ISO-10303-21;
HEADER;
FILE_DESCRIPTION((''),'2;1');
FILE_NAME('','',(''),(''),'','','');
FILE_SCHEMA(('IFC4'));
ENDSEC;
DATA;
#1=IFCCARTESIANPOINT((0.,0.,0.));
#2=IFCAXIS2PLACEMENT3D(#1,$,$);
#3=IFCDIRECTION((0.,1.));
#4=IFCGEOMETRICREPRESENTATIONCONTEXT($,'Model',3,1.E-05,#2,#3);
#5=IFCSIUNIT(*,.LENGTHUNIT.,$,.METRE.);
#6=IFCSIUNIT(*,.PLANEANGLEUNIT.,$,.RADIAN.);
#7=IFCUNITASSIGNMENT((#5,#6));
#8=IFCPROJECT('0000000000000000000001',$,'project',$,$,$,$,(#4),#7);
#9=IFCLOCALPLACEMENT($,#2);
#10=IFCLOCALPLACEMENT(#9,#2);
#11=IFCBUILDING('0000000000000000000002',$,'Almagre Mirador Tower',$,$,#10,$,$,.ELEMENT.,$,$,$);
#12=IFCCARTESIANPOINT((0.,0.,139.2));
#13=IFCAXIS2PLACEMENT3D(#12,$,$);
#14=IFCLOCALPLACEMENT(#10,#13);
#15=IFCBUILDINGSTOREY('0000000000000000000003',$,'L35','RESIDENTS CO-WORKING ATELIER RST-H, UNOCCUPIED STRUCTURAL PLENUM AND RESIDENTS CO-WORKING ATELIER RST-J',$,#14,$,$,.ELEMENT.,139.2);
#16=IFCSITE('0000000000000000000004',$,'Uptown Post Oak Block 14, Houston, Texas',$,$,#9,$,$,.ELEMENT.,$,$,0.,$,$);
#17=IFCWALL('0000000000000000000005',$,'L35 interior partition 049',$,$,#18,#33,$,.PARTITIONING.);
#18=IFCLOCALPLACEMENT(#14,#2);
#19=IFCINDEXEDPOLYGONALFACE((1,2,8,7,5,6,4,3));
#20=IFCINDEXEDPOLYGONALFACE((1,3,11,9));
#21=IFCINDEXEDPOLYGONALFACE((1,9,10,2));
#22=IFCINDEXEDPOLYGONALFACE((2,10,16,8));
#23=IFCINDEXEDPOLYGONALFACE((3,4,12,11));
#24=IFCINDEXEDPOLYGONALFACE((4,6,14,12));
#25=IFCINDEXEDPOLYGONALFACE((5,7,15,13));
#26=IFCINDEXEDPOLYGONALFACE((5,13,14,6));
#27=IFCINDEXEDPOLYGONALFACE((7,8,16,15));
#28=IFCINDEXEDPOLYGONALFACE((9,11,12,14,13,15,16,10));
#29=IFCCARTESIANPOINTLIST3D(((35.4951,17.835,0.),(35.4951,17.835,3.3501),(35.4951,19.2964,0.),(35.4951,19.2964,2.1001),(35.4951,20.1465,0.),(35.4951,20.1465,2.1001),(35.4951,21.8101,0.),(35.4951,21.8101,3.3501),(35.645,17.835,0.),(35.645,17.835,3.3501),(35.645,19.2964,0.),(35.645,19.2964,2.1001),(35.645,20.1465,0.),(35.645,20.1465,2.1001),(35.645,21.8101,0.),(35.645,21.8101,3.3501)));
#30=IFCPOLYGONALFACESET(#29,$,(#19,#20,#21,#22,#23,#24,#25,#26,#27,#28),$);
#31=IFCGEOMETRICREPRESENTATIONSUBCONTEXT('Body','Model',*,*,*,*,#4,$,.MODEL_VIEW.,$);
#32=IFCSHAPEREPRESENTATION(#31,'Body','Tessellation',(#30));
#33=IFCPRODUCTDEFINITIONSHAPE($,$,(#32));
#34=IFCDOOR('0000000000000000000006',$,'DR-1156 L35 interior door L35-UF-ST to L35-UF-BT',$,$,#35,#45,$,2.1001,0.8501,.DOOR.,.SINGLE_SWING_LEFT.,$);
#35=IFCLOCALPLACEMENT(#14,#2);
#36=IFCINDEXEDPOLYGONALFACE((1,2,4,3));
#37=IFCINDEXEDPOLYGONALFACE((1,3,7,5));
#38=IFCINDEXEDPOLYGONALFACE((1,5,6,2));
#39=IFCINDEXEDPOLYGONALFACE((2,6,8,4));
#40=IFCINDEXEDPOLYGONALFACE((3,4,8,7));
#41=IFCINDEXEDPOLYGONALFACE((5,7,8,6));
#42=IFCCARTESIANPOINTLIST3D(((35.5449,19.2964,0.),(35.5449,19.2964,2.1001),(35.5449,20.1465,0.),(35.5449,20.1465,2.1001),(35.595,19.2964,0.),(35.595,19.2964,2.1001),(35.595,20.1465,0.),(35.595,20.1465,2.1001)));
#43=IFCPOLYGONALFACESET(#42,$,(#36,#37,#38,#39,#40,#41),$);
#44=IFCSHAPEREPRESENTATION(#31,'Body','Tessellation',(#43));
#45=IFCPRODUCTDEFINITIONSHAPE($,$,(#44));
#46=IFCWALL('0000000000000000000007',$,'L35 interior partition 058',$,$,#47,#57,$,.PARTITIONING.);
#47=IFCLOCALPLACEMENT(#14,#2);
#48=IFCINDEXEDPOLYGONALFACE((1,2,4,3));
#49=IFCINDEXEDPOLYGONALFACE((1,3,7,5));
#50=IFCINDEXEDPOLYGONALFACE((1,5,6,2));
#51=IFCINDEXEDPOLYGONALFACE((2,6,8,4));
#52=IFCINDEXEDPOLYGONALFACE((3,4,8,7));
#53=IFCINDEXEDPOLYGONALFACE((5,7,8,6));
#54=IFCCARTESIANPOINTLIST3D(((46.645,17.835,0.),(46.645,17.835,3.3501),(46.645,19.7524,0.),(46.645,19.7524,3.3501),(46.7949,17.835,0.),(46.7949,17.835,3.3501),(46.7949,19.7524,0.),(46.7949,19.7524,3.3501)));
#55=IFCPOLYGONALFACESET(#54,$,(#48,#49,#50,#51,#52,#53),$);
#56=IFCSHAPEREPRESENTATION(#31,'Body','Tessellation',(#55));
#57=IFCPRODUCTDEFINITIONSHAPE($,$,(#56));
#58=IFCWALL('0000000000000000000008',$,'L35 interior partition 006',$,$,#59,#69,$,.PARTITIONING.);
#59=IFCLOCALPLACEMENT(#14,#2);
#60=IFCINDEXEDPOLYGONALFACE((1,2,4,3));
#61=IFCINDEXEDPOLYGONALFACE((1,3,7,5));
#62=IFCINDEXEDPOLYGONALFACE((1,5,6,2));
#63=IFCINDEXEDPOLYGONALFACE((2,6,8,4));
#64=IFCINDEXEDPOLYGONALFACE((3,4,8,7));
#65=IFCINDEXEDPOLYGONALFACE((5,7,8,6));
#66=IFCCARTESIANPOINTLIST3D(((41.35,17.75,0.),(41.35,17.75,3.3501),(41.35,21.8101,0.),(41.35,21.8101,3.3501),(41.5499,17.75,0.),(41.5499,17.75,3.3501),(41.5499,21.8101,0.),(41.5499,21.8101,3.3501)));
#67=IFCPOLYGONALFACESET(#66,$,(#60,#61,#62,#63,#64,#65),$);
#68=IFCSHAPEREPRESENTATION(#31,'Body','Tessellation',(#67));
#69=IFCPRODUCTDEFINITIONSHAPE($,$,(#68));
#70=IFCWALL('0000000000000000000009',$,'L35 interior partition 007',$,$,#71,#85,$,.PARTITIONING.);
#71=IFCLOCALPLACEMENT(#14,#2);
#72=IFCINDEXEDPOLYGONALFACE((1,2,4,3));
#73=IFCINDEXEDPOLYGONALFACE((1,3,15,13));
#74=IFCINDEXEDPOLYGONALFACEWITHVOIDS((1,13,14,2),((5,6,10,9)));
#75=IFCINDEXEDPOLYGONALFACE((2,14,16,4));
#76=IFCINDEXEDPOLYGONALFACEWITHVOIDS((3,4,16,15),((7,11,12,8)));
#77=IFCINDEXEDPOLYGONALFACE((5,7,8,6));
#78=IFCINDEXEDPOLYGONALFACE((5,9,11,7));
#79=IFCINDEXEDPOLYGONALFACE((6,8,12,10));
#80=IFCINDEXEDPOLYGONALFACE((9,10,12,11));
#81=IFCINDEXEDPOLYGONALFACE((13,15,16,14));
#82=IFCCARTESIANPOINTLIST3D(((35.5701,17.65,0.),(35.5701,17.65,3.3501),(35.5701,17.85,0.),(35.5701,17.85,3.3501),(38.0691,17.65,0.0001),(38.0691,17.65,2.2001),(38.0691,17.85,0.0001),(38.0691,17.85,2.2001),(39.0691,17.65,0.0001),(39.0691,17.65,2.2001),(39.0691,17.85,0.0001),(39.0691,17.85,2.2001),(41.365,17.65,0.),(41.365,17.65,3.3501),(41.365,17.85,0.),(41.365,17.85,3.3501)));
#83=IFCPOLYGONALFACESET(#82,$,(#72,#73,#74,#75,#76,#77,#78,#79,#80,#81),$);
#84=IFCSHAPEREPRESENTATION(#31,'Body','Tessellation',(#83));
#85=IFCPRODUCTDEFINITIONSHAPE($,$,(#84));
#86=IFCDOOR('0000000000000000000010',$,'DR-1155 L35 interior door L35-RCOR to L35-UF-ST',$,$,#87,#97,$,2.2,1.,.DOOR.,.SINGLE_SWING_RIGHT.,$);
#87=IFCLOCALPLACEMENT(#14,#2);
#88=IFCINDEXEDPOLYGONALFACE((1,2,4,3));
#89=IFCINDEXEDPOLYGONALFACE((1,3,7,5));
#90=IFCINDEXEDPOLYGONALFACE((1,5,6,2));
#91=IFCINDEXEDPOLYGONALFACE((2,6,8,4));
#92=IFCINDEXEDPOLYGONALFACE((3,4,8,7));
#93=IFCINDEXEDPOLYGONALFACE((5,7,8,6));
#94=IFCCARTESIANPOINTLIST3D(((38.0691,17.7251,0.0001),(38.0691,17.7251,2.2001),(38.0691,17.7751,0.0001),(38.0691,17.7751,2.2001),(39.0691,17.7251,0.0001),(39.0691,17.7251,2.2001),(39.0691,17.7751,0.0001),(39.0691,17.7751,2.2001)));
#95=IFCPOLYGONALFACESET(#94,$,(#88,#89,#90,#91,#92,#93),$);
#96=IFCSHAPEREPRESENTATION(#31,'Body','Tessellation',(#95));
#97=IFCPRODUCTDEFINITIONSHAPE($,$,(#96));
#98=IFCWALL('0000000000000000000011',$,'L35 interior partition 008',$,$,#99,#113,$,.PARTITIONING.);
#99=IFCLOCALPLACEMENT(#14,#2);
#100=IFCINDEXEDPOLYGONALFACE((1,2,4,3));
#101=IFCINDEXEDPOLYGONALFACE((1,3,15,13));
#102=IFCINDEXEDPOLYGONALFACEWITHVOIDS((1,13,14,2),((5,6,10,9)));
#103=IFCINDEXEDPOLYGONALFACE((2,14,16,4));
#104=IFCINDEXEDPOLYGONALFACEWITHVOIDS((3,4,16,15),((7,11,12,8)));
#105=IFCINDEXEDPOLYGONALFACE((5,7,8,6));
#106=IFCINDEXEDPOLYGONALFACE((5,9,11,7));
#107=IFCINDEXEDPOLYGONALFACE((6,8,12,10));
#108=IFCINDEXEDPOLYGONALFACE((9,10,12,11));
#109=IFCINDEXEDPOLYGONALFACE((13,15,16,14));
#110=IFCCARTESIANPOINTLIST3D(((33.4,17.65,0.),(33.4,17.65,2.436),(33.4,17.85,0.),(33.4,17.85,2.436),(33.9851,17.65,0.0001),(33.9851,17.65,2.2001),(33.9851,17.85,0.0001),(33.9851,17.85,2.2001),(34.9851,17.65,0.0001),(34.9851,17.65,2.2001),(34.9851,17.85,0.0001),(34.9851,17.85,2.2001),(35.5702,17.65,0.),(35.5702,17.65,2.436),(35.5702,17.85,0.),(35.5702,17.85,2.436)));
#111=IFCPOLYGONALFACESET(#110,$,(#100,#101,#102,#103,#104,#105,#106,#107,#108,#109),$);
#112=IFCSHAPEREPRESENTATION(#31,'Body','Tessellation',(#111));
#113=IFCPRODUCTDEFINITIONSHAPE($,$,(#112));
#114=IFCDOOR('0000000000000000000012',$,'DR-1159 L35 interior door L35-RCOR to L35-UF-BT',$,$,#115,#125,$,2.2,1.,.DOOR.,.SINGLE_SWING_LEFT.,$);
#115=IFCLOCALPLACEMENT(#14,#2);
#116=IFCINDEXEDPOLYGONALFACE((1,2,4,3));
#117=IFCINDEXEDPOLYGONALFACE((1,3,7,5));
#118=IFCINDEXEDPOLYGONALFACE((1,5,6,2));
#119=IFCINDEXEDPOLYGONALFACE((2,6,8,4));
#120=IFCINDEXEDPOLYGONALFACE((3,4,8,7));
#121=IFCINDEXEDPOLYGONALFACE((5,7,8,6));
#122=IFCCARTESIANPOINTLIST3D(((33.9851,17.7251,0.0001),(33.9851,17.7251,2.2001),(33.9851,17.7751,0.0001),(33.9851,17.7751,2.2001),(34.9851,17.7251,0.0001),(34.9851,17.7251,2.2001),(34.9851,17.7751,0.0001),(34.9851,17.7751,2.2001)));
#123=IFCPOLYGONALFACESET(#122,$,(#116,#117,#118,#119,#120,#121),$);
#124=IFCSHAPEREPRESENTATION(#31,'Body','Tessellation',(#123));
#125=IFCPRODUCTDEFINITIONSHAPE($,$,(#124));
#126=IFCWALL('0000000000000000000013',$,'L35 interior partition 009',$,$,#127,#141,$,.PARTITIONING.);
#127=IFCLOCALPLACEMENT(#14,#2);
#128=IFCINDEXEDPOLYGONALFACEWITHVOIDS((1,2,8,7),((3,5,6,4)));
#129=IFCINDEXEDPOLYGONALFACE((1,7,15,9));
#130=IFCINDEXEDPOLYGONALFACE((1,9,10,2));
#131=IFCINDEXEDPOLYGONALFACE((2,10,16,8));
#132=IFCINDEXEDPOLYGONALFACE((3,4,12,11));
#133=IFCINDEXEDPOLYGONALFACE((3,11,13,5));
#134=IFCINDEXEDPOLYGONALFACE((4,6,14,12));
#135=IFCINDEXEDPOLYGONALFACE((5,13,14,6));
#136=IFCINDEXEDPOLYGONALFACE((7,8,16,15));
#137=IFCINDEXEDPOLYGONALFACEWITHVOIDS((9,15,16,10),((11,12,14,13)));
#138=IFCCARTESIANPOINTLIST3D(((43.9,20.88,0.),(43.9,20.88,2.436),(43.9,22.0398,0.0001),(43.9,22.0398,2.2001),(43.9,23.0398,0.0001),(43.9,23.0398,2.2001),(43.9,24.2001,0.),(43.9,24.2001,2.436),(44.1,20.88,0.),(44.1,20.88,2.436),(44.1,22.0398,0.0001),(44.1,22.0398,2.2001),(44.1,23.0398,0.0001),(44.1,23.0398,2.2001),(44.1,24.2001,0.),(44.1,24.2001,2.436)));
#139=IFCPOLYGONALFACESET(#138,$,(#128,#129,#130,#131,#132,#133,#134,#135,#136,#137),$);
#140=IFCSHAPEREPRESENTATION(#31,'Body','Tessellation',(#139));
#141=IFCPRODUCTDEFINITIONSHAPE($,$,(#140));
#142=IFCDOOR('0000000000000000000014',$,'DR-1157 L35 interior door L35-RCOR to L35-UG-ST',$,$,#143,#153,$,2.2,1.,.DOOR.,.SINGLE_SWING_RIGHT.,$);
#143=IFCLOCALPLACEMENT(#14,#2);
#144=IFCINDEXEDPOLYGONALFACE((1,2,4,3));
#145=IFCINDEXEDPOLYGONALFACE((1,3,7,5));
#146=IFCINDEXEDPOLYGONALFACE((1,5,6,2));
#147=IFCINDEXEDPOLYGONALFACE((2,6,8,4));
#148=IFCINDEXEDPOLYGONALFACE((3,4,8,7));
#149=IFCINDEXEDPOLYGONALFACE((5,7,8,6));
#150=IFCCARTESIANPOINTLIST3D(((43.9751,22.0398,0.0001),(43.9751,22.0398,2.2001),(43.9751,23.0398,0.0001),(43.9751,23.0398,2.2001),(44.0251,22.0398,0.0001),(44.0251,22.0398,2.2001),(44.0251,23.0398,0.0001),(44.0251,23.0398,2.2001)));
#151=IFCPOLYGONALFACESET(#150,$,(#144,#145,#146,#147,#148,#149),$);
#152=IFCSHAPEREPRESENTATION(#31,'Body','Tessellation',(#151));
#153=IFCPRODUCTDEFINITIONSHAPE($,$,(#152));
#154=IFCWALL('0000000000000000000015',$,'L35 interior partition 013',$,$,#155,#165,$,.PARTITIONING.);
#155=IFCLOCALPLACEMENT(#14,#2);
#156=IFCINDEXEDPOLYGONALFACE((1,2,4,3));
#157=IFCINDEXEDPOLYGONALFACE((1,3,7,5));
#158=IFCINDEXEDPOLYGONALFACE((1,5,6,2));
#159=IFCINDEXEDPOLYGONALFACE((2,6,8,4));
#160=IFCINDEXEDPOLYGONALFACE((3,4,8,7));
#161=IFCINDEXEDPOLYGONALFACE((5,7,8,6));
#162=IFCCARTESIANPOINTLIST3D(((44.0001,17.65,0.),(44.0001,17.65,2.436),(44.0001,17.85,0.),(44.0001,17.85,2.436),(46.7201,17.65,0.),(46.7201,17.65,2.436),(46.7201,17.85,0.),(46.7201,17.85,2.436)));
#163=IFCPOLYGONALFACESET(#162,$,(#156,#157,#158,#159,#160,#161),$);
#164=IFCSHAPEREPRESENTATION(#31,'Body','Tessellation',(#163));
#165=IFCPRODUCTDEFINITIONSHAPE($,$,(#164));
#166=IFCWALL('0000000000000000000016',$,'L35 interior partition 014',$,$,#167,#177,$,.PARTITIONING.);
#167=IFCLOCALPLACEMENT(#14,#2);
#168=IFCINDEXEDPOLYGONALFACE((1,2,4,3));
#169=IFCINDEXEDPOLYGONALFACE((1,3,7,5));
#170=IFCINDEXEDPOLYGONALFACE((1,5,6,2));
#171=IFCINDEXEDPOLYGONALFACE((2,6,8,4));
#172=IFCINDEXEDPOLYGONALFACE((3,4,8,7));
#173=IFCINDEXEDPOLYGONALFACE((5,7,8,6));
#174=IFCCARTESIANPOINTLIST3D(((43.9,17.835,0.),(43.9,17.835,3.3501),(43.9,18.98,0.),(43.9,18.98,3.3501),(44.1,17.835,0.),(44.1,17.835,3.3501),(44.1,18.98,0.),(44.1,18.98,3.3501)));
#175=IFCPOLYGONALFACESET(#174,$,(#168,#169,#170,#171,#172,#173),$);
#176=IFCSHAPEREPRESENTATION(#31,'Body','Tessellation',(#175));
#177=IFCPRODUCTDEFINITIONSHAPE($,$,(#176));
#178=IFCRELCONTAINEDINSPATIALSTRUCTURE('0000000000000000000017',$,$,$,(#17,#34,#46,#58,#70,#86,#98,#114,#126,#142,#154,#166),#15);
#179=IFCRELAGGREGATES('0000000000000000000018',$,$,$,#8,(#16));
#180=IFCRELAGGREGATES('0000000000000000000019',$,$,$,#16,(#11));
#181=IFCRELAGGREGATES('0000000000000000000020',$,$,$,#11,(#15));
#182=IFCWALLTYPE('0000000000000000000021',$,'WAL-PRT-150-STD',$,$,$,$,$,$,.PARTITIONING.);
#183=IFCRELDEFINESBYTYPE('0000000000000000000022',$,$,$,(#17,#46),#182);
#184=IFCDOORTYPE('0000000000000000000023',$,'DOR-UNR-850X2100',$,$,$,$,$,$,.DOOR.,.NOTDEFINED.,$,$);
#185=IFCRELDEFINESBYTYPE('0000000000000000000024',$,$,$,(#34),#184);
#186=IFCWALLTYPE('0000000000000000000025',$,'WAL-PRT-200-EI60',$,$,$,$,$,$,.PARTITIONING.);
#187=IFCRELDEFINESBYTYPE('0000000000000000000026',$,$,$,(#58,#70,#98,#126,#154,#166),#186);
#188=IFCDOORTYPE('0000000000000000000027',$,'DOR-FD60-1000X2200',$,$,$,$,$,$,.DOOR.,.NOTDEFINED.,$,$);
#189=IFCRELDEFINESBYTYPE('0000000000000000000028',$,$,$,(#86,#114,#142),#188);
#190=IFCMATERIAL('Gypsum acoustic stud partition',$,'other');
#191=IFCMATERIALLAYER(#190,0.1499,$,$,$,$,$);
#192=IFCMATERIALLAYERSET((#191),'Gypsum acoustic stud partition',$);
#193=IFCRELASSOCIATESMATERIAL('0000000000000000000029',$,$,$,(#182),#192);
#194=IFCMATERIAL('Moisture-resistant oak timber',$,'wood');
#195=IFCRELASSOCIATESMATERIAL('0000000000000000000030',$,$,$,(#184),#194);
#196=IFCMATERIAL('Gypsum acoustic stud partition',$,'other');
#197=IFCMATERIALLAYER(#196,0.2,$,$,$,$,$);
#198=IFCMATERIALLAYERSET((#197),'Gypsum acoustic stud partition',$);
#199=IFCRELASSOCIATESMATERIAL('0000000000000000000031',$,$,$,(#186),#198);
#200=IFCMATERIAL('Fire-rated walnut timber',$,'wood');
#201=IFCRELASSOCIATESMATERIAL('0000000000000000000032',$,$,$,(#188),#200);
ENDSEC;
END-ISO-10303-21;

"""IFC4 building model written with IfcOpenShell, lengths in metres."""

from ifc_helpers import new_model, si_unit, direction, frame, frame_2d, origin, place, context, subcontext, project, spatial, rectangle, extrude, material, layer, layer_set, type_object, element, fill, save


model = new_model("IFC4")

# Units and contexts
model_context = context("Model", 3, precision=1e-05, world=origin(), true_north=direction((0.0, 1.0)))
body_context = subcontext(model_context, "Body", "Model", "MODEL_VIEW")
ifc_project = project(units=[si_unit("LENGTHUNIT", "METRE"), si_unit("PLANEANGLEUNIT", "RADIAN")], contexts=[model_context])

# Site, building, storey
site_placement = place(None, origin())
site = spatial("IfcSite", under=ifc_project, at=site_placement, Name="Uptown Post Oak Block 14, Houston, Texas", CompositionType="ELEMENT", RefElevation=0.0)
building_placement = place(site_placement, origin())
building = spatial("IfcBuilding", under=site, at=building_placement, Name="Almagre Mirador Tower", CompositionType="ELEMENT")
storey_placement = place(building_placement, frame((0.0, 0.0, 139.2)))
storey = spatial("IfcBuildingStorey", under=building, at=storey_placement, Name="L35", Description="RESIDENTS CO-WORKING ATELIER RST-H, UNOCCUPIED STRUCTURAL PLENUM AND RESIDENTS CO-WORKING ATELIER RST-J", CompositionType="ELEMENT", Elevation=139.2)

# Wall, opening, door
ifc_material_1 = material(Name="Gypsum acoustic stud partition", Category="other")
ifc_layer_1 = layer(ifc_material_1, 0.1499)
ifc_layer_set_1 = layer_set([ifc_layer_1], Name="Gypsum acoustic stud partition")
wall_type_1 = type_object("IfcWallType", Name="WAL-PRT-150-STD", PredefinedType="PARTITIONING", material=ifc_layer_set_1)
wall_1_placement = place(storey_placement, frame((35.5701, 21.8101, 0.0), z_axis=(0.0, 0.0, 1.0), x_axis=(0.0, -1.0, 0.0)))
wall_1 = element("IfcWall", 1, at=wall_1_placement, inside=storey, type_object=wall_type_1, Name="L35 interior partition 049", PredefinedType="PARTITIONING", context=body_context, shape_type="SweptSolid", body=[
    extrude(rectangle(XDim=3.9751, YDim=0.1499, at=frame_2d((1.9875, 0.0))), origin(), (0.0, 0.0, 1.0), 3.3501),
])
opening_1_placement = place(wall_1_placement, frame((1.6636, 0.0, 0.0)))
opening_1 = element("IfcOpeningElement", 2, at=opening_1_placement, cuts=wall_1, PredefinedType="OPENING", context=body_context, shape_type="SweptSolid", body=[
    extrude(rectangle(XDim=0.8501, YDim=2.1001, at=frame_2d((0.425, 1.05))), frame((0.0, 0.085, 0.0), z_axis=(0.0, -1.0, 0.0), x_axis=(1.0, 0.0, 0.0)), (0.0, 0.0, 1.0), 0.1699),
])
ifc_material_2 = material(Name="Moisture-resistant oak timber", Category="wood")
door_type_1 = type_object("IfcDoorType", Name="DOR-UNR-850X2100", OperationType="NOTDEFINED", PredefinedType="DOOR", material=ifc_material_2)
door_1_placement = place(opening_1_placement, origin())
door_1 = element("IfcDoor", 3, at=door_1_placement, inside=storey, type_object=door_type_1, Name="DR-1156 L35 interior door L35-UF-ST to L35-UF-BT", OperationType="SINGLE_SWING_LEFT", OverallHeight=2.1001, OverallWidth=0.8501, PredefinedType="DOOR", context=body_context, shape_type="SweptSolid", body=[
    extrude(rectangle(XDim=0.8501, YDim=2.1001, at=frame_2d((0.425, 1.05))), frame((0.0, 0.0249, 0.0), z_axis=(0.0, -1.0, 0.0), x_axis=(1.0, 0.0, 0.0)), (0.0, 0.0, 1.0), 0.05),
])
fill(opening_1, door_1)

# Walls
wall_2_placement = place(storey_placement, frame((46.72, 19.7524, 0.0), z_axis=(0.0, 0.0, 1.0), x_axis=(0.0, -1.0, 0.0)))
element("IfcWall", 4, at=wall_2_placement, inside=storey, type_object=wall_type_1, Name="L35 interior partition 058", PredefinedType="PARTITIONING", context=body_context, shape_type="SweptSolid", body=[
    extrude(rectangle(XDim=1.9175, YDim=0.1499, at=frame_2d((0.9587, 0.0))), origin(), (0.0, 0.0, 1.0), 3.3501),
])
ifc_material_3 = material(Name="Gypsum acoustic stud partition", Category="other")
ifc_layer_2 = layer(ifc_material_3, 0.2)
ifc_layer_set_2 = layer_set([ifc_layer_2], Name="Gypsum acoustic stud partition")
wall_type_2 = type_object("IfcWallType", Name="WAL-PRT-200-EI60", PredefinedType="PARTITIONING", material=ifc_layer_set_2)
wall_3_placement = place(storey_placement, frame((41.45, 21.8101, 0.0), z_axis=(0.0, 0.0, 1.0), x_axis=(0.0, -1.0, 0.0)))
element("IfcWall", 5, at=wall_3_placement, inside=storey, type_object=wall_type_2, Name="L35 interior partition 006", PredefinedType="PARTITIONING", context=body_context, shape_type="SweptSolid", body=[
    extrude(rectangle(XDim=4.0601, YDim=0.2, at=frame_2d((2.03, 0.0))), origin(), (0.0, 0.0, 1.0), 3.3501),
])

# Walls, openings, doors
wall_4_placement = place(storey_placement, frame((41.365, 17.75, 0.0), z_axis=(0.0, 0.0, 1.0), x_axis=(-1.0, 0.0, 0.0)))
wall_4 = element("IfcWall", 6, at=wall_4_placement, inside=storey, type_object=wall_type_2, Name="L35 interior partition 007", PredefinedType="PARTITIONING", context=body_context, shape_type="SweptSolid", body=[
    extrude(rectangle(XDim=5.7949, YDim=0.2, at=frame_2d((2.8975, 0.0))), origin(), (0.0, 0.0, 1.0), 3.3501),
])
opening_2_placement = place(wall_4_placement, frame((2.2959, 0.0, 0.0)))
opening_2 = element("IfcOpeningElement", 7, at=opening_2_placement, cuts=wall_4, PredefinedType="OPENING", context=body_context, shape_type="SweptSolid", body=[
    extrude(rectangle(XDim=1.0, YDim=2.2, at=frame_2d((0.5, 1.1001))), frame((0.0, 0.1101, 0.0), z_axis=(0.0, -1.0, 0.0), x_axis=(1.0, 0.0, 0.0)), (0.0, 0.0, 1.0), 0.22),
])
ifc_material_4 = material(Name="Fire-rated walnut timber", Category="wood")
door_type_2 = type_object("IfcDoorType", Name="DOR-FD60-1000X2200", OperationType="NOTDEFINED", PredefinedType="DOOR", material=ifc_material_4)
door_2_placement = place(opening_2_placement, origin())
door_2 = element("IfcDoor", 8, at=door_2_placement, inside=storey, type_object=door_type_2, Name="DR-1155 L35 interior door L35-RCOR to L35-UF-ST", OperationType="SINGLE_SWING_RIGHT", OverallHeight=2.2, OverallWidth=1.0, PredefinedType="DOOR", context=body_context, shape_type="SweptSolid", body=[
    extrude(rectangle(XDim=1.0, YDim=2.2, at=frame_2d((0.5, 1.1001))), frame((0.0, 0.0249, 0.0), z_axis=(0.0, -1.0, 0.0), x_axis=(1.0, 0.0, 0.0)), (0.0, 0.0, 1.0), 0.05),
])
fill(opening_2, door_2)
wall_5_placement = place(storey_placement, frame((35.5701, 17.75, 0.0), z_axis=(0.0, 0.0, 1.0), x_axis=(-1.0, 0.0, 0.0)))
wall_5 = element("IfcWall", 9, at=wall_5_placement, inside=storey, type_object=wall_type_2, Name="L35 interior partition 008", PredefinedType="PARTITIONING", context=body_context, shape_type="SweptSolid", body=[
    extrude(rectangle(XDim=2.1702, YDim=0.2, at=frame_2d((1.085, 0.0))), origin(), (0.0, 0.0, 1.0), 2.436),
])
opening_3_placement = place(wall_5_placement, frame((0.585, 0.0, 0.0)))
opening_3 = element("IfcOpeningElement", 10, at=opening_3_placement, cuts=wall_5, PredefinedType="OPENING", context=body_context, shape_type="SweptSolid", body=[
    extrude(rectangle(XDim=1.0, YDim=2.2, at=frame_2d((0.5, 1.1001))), frame((0.0, 0.1101, 0.0), z_axis=(0.0, -1.0, 0.0), x_axis=(1.0, 0.0, 0.0)), (0.0, 0.0, 1.0), 0.22),
])
door_3_placement = place(opening_3_placement, origin())
door_3 = element("IfcDoor", 11, at=door_3_placement, inside=storey, type_object=door_type_2, Name="DR-1159 L35 interior door L35-RCOR to L35-UF-BT", OperationType="SINGLE_SWING_LEFT", OverallHeight=2.2, OverallWidth=1.0, PredefinedType="DOOR", context=body_context, shape_type="SweptSolid", body=[
    extrude(rectangle(XDim=1.0, YDim=2.2, at=frame_2d((0.5, 1.1001))), frame((0.0, 0.0249, 0.0), z_axis=(0.0, -1.0, 0.0), x_axis=(1.0, 0.0, 0.0)), (0.0, 0.0, 1.0), 0.05),
])
fill(opening_3, door_3)
wall_6_placement = place(storey_placement, frame((44.0, 20.8799, 0.0), z_axis=(0.0, 0.0, 1.0), x_axis=(0.0, 1.0, 0.0)))
wall_6 = element("IfcWall", 12, at=wall_6_placement, inside=storey, type_object=wall_type_2, Name="L35 interior partition 009", PredefinedType="PARTITIONING", context=body_context, shape_type="SweptSolid", body=[
    extrude(rectangle(XDim=3.3201, YDim=0.2, at=frame_2d((1.6602, 0.0))), origin(), (0.0, 0.0, 1.0), 2.436),
])
opening_4_placement = place(wall_6_placement, frame((1.1599, 0.0, 0.0)))
opening_4 = element("IfcOpeningElement", 13, at=opening_4_placement, cuts=wall_6, PredefinedType="OPENING", context=body_context, shape_type="SweptSolid", body=[
    extrude(rectangle(XDim=1.0, YDim=2.2, at=frame_2d((0.5, 1.1001))), frame((0.0, 0.1101, 0.0), z_axis=(0.0, -1.0, 0.0), x_axis=(1.0, 0.0, 0.0)), (0.0, 0.0, 1.0), 0.22),
])
door_4_placement = place(opening_4_placement, origin())
door_4 = element("IfcDoor", 14, at=door_4_placement, inside=storey, type_object=door_type_2, Name="DR-1157 L35 interior door L35-RCOR to L35-UG-ST", OperationType="SINGLE_SWING_RIGHT", OverallHeight=2.2, OverallWidth=1.0, PredefinedType="DOOR", context=body_context, shape_type="SweptSolid", body=[
    extrude(rectangle(XDim=1.0, YDim=2.2, at=frame_2d((0.5, 1.1001))), frame((0.0, 0.0249, 0.0), z_axis=(0.0, -1.0, 0.0), x_axis=(1.0, 0.0, 0.0)), (0.0, 0.0, 1.0), 0.05),
])
fill(opening_4, door_4)

# Walls
wall_7_placement = place(storey_placement, frame((46.72, 17.75, 0.0), z_axis=(0.0, 0.0, 1.0), x_axis=(-1.0, 0.0, 0.0)))
element("IfcWall", 15, at=wall_7_placement, inside=storey, type_object=wall_type_2, Name="L35 interior partition 013", PredefinedType="PARTITIONING", context=body_context, shape_type="SweptSolid", body=[
    extrude(rectangle(XDim=2.72, YDim=0.2, at=frame_2d((1.3599, 0.0))), origin(), (0.0, 0.0, 1.0), 2.436),
])
wall_8_placement = place(storey_placement, frame((44.0, 17.835, 0.0), z_axis=(0.0, 0.0, 1.0), x_axis=(0.0, 1.0, 0.0)))
element("IfcWall", 16, at=wall_8_placement, inside=storey, type_object=wall_type_2, Name="L35 interior partition 014", PredefinedType="PARTITIONING", context=body_context, shape_type="SweptSolid", body=[
    extrude(rectangle(XDim=1.145, YDim=0.2, at=frame_2d((0.5725, 0.0))), origin(), (0.0, 0.0, 1.0), 3.3501),
])

save(model, "model.ifc")
